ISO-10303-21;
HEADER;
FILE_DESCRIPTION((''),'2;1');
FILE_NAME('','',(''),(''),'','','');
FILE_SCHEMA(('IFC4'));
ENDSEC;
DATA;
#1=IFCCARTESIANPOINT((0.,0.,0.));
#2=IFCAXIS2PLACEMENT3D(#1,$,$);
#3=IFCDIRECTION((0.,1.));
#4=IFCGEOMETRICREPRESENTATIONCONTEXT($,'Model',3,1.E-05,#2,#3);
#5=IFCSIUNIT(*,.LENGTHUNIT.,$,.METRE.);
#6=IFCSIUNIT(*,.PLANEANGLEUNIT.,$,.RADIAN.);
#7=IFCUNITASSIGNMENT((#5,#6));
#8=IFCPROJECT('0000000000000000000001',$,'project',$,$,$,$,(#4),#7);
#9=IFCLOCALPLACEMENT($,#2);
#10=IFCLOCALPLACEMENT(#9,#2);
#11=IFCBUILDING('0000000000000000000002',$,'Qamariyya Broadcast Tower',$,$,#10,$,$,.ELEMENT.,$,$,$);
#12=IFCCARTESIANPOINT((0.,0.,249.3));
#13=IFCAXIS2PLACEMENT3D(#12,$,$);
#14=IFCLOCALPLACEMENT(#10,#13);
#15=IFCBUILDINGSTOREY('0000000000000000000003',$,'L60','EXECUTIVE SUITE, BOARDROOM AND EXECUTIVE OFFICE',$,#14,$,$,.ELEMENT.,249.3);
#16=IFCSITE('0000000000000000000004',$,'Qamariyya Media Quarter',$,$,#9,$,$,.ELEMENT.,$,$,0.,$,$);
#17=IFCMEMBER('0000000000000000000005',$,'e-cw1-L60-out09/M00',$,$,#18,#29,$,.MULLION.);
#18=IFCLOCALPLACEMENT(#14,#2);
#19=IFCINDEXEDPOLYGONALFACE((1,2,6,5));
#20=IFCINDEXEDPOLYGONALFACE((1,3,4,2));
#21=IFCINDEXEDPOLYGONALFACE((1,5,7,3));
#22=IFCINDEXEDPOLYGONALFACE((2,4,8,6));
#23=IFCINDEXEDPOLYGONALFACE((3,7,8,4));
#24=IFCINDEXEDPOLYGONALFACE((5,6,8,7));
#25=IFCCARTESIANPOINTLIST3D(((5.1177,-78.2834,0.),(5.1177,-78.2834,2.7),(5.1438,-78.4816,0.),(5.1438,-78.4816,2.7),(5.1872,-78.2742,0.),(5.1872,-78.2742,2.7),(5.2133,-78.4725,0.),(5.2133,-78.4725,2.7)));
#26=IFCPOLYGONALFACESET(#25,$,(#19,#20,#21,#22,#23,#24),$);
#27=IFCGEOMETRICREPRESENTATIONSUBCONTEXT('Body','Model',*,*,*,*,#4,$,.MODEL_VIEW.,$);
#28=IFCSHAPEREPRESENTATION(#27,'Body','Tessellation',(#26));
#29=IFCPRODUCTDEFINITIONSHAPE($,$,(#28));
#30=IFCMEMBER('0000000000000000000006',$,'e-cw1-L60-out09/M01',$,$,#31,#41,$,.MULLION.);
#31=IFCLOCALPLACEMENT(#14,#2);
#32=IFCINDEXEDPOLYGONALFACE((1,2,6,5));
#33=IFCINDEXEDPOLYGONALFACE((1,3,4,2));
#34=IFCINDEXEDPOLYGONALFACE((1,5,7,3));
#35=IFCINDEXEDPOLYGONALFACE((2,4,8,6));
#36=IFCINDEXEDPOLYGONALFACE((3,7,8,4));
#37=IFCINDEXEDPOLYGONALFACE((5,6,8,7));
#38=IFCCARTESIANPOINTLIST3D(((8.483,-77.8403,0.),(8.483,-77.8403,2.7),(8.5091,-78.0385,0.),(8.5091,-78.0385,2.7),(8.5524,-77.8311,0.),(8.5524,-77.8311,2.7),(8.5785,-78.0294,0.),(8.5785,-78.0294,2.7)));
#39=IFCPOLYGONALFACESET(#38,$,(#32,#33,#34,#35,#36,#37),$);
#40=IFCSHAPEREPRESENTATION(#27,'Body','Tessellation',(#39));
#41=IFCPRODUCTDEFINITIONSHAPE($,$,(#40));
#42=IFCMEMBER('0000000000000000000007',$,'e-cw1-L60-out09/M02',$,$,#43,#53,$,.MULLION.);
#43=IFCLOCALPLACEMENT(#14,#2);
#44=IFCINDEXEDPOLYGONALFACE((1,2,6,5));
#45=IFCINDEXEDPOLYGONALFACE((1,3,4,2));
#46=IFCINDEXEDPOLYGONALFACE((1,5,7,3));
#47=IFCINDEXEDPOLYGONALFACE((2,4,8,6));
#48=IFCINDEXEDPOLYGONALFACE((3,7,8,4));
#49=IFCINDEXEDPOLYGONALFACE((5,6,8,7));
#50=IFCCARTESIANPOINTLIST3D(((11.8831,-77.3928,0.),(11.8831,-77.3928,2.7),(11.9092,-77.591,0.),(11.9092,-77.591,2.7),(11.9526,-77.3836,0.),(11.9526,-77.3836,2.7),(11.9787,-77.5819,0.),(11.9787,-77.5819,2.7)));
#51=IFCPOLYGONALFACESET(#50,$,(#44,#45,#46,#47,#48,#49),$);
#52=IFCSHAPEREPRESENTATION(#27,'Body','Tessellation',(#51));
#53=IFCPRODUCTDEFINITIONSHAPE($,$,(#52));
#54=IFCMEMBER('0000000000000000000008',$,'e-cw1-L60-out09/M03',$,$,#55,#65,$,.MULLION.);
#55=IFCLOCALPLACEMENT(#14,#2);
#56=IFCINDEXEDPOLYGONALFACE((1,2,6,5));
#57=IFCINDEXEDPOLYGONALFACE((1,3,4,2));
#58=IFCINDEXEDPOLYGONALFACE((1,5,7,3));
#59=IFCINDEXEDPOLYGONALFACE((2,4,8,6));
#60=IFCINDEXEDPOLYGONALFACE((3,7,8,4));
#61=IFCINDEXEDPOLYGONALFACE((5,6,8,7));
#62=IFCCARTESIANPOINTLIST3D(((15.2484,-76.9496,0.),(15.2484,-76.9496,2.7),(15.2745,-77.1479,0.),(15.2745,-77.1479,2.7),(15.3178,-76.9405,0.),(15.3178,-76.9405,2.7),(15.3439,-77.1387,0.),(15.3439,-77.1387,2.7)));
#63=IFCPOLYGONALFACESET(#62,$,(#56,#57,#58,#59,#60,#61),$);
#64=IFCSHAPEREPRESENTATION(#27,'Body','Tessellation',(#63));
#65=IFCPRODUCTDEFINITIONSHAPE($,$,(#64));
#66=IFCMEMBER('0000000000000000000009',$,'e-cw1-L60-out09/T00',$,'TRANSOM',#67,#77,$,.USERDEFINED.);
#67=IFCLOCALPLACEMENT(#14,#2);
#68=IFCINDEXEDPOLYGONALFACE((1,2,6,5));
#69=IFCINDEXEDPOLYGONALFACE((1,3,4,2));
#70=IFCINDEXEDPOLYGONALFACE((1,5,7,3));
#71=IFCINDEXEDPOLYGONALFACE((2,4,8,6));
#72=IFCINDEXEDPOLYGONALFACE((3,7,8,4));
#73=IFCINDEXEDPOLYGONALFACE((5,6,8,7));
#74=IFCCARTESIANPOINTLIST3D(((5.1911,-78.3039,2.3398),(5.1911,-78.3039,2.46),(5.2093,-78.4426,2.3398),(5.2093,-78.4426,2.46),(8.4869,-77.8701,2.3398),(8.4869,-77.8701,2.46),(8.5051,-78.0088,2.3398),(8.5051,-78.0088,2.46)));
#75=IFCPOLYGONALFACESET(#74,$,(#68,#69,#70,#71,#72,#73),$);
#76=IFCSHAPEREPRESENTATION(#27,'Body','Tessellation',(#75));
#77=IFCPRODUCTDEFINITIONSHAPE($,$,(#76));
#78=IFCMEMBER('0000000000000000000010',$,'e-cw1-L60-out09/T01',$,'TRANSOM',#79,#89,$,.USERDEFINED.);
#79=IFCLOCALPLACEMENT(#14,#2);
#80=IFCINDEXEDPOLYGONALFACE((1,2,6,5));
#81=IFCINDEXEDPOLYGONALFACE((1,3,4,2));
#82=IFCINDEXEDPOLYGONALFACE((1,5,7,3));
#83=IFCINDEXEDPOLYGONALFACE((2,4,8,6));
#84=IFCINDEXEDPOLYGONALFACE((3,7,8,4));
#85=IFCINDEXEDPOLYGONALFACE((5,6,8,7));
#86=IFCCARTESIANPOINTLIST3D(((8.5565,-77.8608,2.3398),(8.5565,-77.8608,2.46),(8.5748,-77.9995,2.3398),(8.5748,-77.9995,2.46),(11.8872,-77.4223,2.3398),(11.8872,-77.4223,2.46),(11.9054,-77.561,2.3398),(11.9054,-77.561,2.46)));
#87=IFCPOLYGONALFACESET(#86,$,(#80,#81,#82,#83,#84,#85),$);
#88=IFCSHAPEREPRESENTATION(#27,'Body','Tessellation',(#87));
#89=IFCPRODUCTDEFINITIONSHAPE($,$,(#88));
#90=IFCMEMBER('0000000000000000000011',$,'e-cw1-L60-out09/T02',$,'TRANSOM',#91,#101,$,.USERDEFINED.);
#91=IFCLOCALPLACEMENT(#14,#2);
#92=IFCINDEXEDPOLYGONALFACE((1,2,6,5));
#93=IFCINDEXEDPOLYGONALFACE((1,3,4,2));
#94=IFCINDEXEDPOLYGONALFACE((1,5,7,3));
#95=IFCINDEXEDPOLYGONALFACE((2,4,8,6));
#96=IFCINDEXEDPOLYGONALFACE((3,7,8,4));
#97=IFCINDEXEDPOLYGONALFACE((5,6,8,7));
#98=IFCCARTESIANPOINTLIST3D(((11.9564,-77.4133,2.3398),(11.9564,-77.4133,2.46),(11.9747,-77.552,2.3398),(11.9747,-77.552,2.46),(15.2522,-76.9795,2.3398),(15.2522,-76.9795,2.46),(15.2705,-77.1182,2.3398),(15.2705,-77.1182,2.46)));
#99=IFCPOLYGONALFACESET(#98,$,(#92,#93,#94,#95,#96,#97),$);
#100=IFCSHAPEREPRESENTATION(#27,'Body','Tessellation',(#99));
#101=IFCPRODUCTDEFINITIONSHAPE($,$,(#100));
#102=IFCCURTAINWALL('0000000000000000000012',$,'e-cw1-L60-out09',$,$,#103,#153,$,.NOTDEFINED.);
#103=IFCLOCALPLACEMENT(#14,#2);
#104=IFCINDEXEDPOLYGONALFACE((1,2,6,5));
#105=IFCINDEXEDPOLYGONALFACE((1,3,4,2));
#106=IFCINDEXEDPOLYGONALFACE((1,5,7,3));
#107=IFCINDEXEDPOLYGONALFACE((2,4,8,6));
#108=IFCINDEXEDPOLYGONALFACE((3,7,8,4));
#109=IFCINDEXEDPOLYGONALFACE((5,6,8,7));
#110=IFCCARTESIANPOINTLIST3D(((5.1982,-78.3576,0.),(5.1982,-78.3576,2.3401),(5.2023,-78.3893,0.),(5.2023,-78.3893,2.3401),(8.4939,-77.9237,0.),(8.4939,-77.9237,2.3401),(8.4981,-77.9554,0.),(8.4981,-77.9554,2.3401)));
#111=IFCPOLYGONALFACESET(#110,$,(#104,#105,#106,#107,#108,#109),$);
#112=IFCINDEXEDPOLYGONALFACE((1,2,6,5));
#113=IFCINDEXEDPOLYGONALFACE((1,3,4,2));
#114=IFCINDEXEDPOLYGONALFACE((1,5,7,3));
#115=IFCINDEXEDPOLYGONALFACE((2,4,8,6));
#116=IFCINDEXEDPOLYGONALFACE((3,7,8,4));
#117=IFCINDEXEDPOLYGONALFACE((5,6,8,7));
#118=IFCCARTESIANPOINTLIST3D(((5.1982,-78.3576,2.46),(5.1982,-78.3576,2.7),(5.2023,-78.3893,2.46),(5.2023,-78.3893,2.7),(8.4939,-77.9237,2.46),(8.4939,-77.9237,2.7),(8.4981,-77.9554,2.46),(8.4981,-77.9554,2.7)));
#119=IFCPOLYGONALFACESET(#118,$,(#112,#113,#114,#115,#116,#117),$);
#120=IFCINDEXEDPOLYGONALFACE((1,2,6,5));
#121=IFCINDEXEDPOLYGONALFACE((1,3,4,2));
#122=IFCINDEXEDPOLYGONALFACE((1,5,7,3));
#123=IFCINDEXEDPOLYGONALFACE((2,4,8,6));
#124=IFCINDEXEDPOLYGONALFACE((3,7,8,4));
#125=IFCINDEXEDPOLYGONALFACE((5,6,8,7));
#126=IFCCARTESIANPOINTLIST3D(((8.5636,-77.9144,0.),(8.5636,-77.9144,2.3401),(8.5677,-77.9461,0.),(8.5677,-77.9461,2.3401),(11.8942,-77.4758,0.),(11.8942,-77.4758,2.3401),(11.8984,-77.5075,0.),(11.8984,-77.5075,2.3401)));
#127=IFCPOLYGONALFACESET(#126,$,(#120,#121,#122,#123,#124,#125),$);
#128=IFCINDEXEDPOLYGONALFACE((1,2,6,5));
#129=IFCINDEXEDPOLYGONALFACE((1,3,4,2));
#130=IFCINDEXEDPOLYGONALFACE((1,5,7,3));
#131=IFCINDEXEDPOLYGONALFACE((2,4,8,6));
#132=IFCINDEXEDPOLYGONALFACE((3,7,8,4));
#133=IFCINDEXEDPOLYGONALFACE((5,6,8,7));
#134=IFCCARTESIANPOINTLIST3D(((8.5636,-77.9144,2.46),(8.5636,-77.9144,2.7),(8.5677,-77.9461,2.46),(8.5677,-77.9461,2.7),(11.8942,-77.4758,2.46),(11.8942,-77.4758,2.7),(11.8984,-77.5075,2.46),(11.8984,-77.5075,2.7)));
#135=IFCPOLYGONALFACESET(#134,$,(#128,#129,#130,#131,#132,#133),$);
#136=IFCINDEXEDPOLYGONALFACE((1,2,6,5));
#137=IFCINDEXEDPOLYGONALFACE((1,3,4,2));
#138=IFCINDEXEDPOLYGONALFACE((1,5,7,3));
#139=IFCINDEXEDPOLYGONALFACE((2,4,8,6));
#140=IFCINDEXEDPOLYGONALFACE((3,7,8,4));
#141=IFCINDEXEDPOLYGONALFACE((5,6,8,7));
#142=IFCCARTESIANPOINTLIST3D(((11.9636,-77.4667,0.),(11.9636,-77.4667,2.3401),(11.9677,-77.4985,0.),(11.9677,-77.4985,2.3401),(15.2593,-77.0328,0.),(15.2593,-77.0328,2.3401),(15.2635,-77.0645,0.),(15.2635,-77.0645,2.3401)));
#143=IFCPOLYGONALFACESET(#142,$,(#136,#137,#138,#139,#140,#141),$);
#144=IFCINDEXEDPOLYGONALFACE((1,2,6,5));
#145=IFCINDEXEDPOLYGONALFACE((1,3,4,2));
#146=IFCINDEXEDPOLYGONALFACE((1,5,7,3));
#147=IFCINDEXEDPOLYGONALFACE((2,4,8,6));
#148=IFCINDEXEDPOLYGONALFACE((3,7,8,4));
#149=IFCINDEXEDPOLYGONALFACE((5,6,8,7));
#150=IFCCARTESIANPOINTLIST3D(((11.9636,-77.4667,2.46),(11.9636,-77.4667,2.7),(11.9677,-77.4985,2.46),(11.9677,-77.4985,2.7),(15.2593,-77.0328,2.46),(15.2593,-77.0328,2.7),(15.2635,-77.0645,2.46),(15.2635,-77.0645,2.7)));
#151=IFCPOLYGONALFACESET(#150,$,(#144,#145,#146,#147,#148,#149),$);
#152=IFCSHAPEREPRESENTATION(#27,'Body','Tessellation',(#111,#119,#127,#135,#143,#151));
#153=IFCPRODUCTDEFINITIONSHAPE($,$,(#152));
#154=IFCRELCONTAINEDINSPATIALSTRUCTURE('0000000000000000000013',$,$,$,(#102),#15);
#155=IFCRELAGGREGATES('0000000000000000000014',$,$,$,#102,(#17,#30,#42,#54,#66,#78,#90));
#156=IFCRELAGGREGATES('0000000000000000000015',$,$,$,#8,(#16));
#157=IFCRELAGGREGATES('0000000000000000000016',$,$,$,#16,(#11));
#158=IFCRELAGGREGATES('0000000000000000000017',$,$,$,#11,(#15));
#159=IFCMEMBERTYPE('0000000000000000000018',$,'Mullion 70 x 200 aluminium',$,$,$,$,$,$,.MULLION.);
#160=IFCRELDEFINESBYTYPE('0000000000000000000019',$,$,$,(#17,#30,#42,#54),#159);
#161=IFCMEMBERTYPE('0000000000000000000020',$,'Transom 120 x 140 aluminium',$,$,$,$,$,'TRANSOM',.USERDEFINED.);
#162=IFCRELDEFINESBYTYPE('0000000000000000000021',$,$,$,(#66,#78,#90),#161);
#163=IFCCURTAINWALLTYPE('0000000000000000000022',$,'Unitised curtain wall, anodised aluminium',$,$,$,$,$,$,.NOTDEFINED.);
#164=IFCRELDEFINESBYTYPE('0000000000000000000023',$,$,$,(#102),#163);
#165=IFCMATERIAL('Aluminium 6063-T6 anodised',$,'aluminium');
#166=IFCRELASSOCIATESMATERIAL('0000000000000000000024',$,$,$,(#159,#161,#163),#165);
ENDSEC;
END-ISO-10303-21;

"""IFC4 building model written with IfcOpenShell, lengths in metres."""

from ifc_helpers import new_model, si_unit, direction, frame, origin, origin_2d, place, context, subcontext, project, spatial, rectangle, extrude, material, material_profile, profile_set, type_object, element, aggregate, save


model = new_model("IFC4")

# Units and contexts
model_context = context("Model", 3, precision=1e-05, world=origin(), true_north=direction((0.0, 1.0)))
body_context = subcontext(model_context, "Body", "Model", "MODEL_VIEW")
ifc_project = project(units=[si_unit("LENGTHUNIT", "METRE"), si_unit("PLANEANGLEUNIT", "RADIAN")], contexts=[model_context])

# Members
ifc_material = material(Name="Aluminium 6063-T6 anodised", Category="aluminium")
ifc_material_profile_1 = material_profile(ifc_material, rectangle(XDim=0.2, YDim=0.0701, at=origin_2d()))
ifc_profile_set_1 = profile_set([ifc_material_profile_1], Name="Aluminium 6063-T6 anodised")
member_type_1 = type_object("IfcMemberType", Name="Mullion 70 x 200 aluminium", PredefinedType="MULLION", material=ifc_profile_set_1)
site_placement = place(None, origin())
building_placement = place(site_placement, origin())
storey_placement = place(building_placement, frame((0.0, 0.0, 249.3)))
member_1_placement = place(storey_placement, frame((5.1655, -78.3779, 0.0), z_axis=(0.0, 0.0, 1.0), x_axis=(-0.130526, 0.991445, 0.0)))
member_1 = element("IfcMember", 1, at=member_1_placement, type_object=member_type_1, Name="e-cw1-L60-out09/M00", PredefinedType="MULLION", context=body_context, shape_type="SweptSolid", body=[
    extrude(rectangle(XDim=0.2, YDim=0.0701, at=origin_2d()), origin(), (0.0, 0.0, 1.0), 2.7),
])
member_2_placement = place(storey_placement, frame((8.5308, -77.9348, 0.0), z_axis=(0.0, 0.0, 1.0), x_axis=(-0.130526, 0.991445, 0.0)))
member_2 = element("IfcMember", 2, at=member_2_placement, type_object=member_type_1, Name="e-cw1-L60-out09/M01", PredefinedType="MULLION", context=body_context, shape_type="SweptSolid", body=[
    extrude(rectangle(XDim=0.2, YDim=0.0701, at=origin_2d()), origin(), (0.0, 0.0, 1.0), 2.7),
])
member_3_placement = place(storey_placement, frame((11.9309, -77.4873, 0.0), z_axis=(0.0, 0.0, 1.0), x_axis=(-0.130526, 0.991445, 0.0)))
member_3 = element("IfcMember", 3, at=member_3_placement, type_object=member_type_1, Name="e-cw1-L60-out09/M02", PredefinedType="MULLION", context=body_context, shape_type="SweptSolid", body=[
    extrude(rectangle(XDim=0.2, YDim=0.0701, at=origin_2d()), origin(), (0.0, 0.0, 1.0), 2.7),
])
member_4_placement = place(storey_placement, frame((15.2961, -77.0442, 0.0), z_axis=(0.0, 0.0, 1.0), x_axis=(-0.130526, 0.991445, 0.0)))
member_4 = element("IfcMember", 4, at=member_4_placement, type_object=member_type_1, Name="e-cw1-L60-out09/M03", PredefinedType="MULLION", context=body_context, shape_type="SweptSolid", body=[
    extrude(rectangle(XDim=0.2, YDim=0.0701, at=origin_2d()), origin(), (0.0, 0.0, 1.0), 2.7),
])
ifc_material_profile_2 = material_profile(ifc_material, rectangle(XDim=0.1399, YDim=0.1201, at=origin_2d()))
ifc_profile_set_2 = profile_set([ifc_material_profile_2], Name="Aluminium 6063-T6 anodised")
member_type_2 = type_object("IfcMemberType", Name="Transom 120 x 140 aluminium", ElementType="TRANSOM", PredefinedType="USERDEFINED", material=ifc_profile_set_2)
member_5_placement = place(storey_placement, frame((5.2002, -78.3733, 2.3999), z_axis=(0.991448, 0.130504, 0.0), x_axis=(-0.130504, 0.991448, 0.0)))
member_5 = element("IfcMember", 5, at=member_5_placement, type_object=member_type_2, Name="e-cw1-L60-out09/T00", ObjectType="TRANSOM", PredefinedType="USERDEFINED", context=body_context, shape_type="SweptSolid", body=[
    extrude(rectangle(XDim=0.1399, YDim=0.1201, at=origin_2d()), origin(), (0.0, 0.0, 1.0), 3.3242),
])
member_6_placement = place(storey_placement, frame((8.5657, -77.9302, 2.3999), z_axis=(0.991445, 0.130526, 0.0), x_axis=(-0.130526, 0.991445, 0.0)))
member_6 = element("IfcMember", 6, at=member_6_placement, type_object=member_type_2, Name="e-cw1-L60-out09/T01", ObjectType="TRANSOM", PredefinedType="USERDEFINED", context=body_context, shape_type="SweptSolid", body=[
    extrude(rectangle(XDim=0.1399, YDim=0.1201, at=origin_2d()), origin(), (0.0, 0.0, 1.0), 3.3594),
])
member_7_placement = place(storey_placement, frame((11.9656, -77.4827, 2.3999), z_axis=(0.991448, 0.130504, 0.0), x_axis=(-0.130504, 0.991448, 0.0)))
member_7 = element("IfcMember", 7, at=member_7_placement, type_object=member_type_2, Name="e-cw1-L60-out09/T02", ObjectType="TRANSOM", PredefinedType="USERDEFINED", context=body_context, shape_type="SweptSolid", body=[
    extrude(rectangle(XDim=0.1399, YDim=0.1201, at=origin_2d()), origin(), (0.0, 0.0, 1.0), 3.3242),
])

# Site, building, storey
site = spatial("IfcSite", under=ifc_project, at=site_placement, Name="Qamariyya Media Quarter", CompositionType="ELEMENT", RefElevation=0.0)
building = spatial("IfcBuilding", under=site, at=building_placement, Name="Qamariyya Broadcast Tower", CompositionType="ELEMENT")
storey = spatial("IfcBuildingStorey", under=building, at=storey_placement, Name="L60", Description="EXECUTIVE SUITE, BOARDROOM AND EXECUTIVE OFFICE", CompositionType="ELEMENT", Elevation=249.3)

# Curtain wall
curtain_wall_type = type_object("IfcCurtainWallType", Name="Unitised curtain wall, anodised aluminium", PredefinedType="NOTDEFINED", material=ifc_material)
curtain_wall_1_placement = place(storey_placement, origin())
curtain_wall_1 = element("IfcCurtainWall", 8, at=curtain_wall_1_placement, inside=storey, type_object=curtain_wall_type, Name="e-cw1-L60-out09", PredefinedType="NOTDEFINED", context=body_context, shape_type="SweptSolid", body=[
    extrude(rectangle(XDim=3.3242, YDim=0.032, at=origin_2d()), frame((6.8481, -78.1565, 0.0), x_axis=(0.991443, 0.130542, 0.0)), (0.0, 0.0, 1.0), 2.3401),
    extrude(rectangle(XDim=3.3242, YDim=0.032, at=origin_2d()), frame((6.8481, -78.1565, 2.46), x_axis=(0.991443, 0.130542, 0.0)), (0.0, 0.0, 1.0), 0.24),
    extrude(rectangle(XDim=3.3594, YDim=0.032, at=origin_2d()), frame((10.231, -77.7109, 0.0), x_axis=(0.991443, 0.130542, 0.0)), (0.0, 0.0, 1.0), 2.3401),
    extrude(rectangle(XDim=3.3594, YDim=0.032, at=origin_2d()), frame((10.231, -77.7109, 2.46), x_axis=(0.991443, 0.130542, 0.0)), (0.0, 0.0, 1.0), 0.24),
    extrude(rectangle(XDim=3.3242, YDim=0.032, at=origin_2d()), frame((13.6135, -77.2656, 0.0), x_axis=(0.991443, 0.130542, 0.0)), (0.0, 0.0, 1.0), 2.3401),
    extrude(rectangle(XDim=3.3242, YDim=0.032, at=origin_2d()), frame((13.6135, -77.2656, 2.46), x_axis=(0.991443, 0.130542, 0.0)), (0.0, 0.0, 1.0), 0.24),
])
aggregate(curtain_wall_1, [member_1, member_2, member_3, member_4, member_5, member_6, member_7])

save(model, "model.ifc")
